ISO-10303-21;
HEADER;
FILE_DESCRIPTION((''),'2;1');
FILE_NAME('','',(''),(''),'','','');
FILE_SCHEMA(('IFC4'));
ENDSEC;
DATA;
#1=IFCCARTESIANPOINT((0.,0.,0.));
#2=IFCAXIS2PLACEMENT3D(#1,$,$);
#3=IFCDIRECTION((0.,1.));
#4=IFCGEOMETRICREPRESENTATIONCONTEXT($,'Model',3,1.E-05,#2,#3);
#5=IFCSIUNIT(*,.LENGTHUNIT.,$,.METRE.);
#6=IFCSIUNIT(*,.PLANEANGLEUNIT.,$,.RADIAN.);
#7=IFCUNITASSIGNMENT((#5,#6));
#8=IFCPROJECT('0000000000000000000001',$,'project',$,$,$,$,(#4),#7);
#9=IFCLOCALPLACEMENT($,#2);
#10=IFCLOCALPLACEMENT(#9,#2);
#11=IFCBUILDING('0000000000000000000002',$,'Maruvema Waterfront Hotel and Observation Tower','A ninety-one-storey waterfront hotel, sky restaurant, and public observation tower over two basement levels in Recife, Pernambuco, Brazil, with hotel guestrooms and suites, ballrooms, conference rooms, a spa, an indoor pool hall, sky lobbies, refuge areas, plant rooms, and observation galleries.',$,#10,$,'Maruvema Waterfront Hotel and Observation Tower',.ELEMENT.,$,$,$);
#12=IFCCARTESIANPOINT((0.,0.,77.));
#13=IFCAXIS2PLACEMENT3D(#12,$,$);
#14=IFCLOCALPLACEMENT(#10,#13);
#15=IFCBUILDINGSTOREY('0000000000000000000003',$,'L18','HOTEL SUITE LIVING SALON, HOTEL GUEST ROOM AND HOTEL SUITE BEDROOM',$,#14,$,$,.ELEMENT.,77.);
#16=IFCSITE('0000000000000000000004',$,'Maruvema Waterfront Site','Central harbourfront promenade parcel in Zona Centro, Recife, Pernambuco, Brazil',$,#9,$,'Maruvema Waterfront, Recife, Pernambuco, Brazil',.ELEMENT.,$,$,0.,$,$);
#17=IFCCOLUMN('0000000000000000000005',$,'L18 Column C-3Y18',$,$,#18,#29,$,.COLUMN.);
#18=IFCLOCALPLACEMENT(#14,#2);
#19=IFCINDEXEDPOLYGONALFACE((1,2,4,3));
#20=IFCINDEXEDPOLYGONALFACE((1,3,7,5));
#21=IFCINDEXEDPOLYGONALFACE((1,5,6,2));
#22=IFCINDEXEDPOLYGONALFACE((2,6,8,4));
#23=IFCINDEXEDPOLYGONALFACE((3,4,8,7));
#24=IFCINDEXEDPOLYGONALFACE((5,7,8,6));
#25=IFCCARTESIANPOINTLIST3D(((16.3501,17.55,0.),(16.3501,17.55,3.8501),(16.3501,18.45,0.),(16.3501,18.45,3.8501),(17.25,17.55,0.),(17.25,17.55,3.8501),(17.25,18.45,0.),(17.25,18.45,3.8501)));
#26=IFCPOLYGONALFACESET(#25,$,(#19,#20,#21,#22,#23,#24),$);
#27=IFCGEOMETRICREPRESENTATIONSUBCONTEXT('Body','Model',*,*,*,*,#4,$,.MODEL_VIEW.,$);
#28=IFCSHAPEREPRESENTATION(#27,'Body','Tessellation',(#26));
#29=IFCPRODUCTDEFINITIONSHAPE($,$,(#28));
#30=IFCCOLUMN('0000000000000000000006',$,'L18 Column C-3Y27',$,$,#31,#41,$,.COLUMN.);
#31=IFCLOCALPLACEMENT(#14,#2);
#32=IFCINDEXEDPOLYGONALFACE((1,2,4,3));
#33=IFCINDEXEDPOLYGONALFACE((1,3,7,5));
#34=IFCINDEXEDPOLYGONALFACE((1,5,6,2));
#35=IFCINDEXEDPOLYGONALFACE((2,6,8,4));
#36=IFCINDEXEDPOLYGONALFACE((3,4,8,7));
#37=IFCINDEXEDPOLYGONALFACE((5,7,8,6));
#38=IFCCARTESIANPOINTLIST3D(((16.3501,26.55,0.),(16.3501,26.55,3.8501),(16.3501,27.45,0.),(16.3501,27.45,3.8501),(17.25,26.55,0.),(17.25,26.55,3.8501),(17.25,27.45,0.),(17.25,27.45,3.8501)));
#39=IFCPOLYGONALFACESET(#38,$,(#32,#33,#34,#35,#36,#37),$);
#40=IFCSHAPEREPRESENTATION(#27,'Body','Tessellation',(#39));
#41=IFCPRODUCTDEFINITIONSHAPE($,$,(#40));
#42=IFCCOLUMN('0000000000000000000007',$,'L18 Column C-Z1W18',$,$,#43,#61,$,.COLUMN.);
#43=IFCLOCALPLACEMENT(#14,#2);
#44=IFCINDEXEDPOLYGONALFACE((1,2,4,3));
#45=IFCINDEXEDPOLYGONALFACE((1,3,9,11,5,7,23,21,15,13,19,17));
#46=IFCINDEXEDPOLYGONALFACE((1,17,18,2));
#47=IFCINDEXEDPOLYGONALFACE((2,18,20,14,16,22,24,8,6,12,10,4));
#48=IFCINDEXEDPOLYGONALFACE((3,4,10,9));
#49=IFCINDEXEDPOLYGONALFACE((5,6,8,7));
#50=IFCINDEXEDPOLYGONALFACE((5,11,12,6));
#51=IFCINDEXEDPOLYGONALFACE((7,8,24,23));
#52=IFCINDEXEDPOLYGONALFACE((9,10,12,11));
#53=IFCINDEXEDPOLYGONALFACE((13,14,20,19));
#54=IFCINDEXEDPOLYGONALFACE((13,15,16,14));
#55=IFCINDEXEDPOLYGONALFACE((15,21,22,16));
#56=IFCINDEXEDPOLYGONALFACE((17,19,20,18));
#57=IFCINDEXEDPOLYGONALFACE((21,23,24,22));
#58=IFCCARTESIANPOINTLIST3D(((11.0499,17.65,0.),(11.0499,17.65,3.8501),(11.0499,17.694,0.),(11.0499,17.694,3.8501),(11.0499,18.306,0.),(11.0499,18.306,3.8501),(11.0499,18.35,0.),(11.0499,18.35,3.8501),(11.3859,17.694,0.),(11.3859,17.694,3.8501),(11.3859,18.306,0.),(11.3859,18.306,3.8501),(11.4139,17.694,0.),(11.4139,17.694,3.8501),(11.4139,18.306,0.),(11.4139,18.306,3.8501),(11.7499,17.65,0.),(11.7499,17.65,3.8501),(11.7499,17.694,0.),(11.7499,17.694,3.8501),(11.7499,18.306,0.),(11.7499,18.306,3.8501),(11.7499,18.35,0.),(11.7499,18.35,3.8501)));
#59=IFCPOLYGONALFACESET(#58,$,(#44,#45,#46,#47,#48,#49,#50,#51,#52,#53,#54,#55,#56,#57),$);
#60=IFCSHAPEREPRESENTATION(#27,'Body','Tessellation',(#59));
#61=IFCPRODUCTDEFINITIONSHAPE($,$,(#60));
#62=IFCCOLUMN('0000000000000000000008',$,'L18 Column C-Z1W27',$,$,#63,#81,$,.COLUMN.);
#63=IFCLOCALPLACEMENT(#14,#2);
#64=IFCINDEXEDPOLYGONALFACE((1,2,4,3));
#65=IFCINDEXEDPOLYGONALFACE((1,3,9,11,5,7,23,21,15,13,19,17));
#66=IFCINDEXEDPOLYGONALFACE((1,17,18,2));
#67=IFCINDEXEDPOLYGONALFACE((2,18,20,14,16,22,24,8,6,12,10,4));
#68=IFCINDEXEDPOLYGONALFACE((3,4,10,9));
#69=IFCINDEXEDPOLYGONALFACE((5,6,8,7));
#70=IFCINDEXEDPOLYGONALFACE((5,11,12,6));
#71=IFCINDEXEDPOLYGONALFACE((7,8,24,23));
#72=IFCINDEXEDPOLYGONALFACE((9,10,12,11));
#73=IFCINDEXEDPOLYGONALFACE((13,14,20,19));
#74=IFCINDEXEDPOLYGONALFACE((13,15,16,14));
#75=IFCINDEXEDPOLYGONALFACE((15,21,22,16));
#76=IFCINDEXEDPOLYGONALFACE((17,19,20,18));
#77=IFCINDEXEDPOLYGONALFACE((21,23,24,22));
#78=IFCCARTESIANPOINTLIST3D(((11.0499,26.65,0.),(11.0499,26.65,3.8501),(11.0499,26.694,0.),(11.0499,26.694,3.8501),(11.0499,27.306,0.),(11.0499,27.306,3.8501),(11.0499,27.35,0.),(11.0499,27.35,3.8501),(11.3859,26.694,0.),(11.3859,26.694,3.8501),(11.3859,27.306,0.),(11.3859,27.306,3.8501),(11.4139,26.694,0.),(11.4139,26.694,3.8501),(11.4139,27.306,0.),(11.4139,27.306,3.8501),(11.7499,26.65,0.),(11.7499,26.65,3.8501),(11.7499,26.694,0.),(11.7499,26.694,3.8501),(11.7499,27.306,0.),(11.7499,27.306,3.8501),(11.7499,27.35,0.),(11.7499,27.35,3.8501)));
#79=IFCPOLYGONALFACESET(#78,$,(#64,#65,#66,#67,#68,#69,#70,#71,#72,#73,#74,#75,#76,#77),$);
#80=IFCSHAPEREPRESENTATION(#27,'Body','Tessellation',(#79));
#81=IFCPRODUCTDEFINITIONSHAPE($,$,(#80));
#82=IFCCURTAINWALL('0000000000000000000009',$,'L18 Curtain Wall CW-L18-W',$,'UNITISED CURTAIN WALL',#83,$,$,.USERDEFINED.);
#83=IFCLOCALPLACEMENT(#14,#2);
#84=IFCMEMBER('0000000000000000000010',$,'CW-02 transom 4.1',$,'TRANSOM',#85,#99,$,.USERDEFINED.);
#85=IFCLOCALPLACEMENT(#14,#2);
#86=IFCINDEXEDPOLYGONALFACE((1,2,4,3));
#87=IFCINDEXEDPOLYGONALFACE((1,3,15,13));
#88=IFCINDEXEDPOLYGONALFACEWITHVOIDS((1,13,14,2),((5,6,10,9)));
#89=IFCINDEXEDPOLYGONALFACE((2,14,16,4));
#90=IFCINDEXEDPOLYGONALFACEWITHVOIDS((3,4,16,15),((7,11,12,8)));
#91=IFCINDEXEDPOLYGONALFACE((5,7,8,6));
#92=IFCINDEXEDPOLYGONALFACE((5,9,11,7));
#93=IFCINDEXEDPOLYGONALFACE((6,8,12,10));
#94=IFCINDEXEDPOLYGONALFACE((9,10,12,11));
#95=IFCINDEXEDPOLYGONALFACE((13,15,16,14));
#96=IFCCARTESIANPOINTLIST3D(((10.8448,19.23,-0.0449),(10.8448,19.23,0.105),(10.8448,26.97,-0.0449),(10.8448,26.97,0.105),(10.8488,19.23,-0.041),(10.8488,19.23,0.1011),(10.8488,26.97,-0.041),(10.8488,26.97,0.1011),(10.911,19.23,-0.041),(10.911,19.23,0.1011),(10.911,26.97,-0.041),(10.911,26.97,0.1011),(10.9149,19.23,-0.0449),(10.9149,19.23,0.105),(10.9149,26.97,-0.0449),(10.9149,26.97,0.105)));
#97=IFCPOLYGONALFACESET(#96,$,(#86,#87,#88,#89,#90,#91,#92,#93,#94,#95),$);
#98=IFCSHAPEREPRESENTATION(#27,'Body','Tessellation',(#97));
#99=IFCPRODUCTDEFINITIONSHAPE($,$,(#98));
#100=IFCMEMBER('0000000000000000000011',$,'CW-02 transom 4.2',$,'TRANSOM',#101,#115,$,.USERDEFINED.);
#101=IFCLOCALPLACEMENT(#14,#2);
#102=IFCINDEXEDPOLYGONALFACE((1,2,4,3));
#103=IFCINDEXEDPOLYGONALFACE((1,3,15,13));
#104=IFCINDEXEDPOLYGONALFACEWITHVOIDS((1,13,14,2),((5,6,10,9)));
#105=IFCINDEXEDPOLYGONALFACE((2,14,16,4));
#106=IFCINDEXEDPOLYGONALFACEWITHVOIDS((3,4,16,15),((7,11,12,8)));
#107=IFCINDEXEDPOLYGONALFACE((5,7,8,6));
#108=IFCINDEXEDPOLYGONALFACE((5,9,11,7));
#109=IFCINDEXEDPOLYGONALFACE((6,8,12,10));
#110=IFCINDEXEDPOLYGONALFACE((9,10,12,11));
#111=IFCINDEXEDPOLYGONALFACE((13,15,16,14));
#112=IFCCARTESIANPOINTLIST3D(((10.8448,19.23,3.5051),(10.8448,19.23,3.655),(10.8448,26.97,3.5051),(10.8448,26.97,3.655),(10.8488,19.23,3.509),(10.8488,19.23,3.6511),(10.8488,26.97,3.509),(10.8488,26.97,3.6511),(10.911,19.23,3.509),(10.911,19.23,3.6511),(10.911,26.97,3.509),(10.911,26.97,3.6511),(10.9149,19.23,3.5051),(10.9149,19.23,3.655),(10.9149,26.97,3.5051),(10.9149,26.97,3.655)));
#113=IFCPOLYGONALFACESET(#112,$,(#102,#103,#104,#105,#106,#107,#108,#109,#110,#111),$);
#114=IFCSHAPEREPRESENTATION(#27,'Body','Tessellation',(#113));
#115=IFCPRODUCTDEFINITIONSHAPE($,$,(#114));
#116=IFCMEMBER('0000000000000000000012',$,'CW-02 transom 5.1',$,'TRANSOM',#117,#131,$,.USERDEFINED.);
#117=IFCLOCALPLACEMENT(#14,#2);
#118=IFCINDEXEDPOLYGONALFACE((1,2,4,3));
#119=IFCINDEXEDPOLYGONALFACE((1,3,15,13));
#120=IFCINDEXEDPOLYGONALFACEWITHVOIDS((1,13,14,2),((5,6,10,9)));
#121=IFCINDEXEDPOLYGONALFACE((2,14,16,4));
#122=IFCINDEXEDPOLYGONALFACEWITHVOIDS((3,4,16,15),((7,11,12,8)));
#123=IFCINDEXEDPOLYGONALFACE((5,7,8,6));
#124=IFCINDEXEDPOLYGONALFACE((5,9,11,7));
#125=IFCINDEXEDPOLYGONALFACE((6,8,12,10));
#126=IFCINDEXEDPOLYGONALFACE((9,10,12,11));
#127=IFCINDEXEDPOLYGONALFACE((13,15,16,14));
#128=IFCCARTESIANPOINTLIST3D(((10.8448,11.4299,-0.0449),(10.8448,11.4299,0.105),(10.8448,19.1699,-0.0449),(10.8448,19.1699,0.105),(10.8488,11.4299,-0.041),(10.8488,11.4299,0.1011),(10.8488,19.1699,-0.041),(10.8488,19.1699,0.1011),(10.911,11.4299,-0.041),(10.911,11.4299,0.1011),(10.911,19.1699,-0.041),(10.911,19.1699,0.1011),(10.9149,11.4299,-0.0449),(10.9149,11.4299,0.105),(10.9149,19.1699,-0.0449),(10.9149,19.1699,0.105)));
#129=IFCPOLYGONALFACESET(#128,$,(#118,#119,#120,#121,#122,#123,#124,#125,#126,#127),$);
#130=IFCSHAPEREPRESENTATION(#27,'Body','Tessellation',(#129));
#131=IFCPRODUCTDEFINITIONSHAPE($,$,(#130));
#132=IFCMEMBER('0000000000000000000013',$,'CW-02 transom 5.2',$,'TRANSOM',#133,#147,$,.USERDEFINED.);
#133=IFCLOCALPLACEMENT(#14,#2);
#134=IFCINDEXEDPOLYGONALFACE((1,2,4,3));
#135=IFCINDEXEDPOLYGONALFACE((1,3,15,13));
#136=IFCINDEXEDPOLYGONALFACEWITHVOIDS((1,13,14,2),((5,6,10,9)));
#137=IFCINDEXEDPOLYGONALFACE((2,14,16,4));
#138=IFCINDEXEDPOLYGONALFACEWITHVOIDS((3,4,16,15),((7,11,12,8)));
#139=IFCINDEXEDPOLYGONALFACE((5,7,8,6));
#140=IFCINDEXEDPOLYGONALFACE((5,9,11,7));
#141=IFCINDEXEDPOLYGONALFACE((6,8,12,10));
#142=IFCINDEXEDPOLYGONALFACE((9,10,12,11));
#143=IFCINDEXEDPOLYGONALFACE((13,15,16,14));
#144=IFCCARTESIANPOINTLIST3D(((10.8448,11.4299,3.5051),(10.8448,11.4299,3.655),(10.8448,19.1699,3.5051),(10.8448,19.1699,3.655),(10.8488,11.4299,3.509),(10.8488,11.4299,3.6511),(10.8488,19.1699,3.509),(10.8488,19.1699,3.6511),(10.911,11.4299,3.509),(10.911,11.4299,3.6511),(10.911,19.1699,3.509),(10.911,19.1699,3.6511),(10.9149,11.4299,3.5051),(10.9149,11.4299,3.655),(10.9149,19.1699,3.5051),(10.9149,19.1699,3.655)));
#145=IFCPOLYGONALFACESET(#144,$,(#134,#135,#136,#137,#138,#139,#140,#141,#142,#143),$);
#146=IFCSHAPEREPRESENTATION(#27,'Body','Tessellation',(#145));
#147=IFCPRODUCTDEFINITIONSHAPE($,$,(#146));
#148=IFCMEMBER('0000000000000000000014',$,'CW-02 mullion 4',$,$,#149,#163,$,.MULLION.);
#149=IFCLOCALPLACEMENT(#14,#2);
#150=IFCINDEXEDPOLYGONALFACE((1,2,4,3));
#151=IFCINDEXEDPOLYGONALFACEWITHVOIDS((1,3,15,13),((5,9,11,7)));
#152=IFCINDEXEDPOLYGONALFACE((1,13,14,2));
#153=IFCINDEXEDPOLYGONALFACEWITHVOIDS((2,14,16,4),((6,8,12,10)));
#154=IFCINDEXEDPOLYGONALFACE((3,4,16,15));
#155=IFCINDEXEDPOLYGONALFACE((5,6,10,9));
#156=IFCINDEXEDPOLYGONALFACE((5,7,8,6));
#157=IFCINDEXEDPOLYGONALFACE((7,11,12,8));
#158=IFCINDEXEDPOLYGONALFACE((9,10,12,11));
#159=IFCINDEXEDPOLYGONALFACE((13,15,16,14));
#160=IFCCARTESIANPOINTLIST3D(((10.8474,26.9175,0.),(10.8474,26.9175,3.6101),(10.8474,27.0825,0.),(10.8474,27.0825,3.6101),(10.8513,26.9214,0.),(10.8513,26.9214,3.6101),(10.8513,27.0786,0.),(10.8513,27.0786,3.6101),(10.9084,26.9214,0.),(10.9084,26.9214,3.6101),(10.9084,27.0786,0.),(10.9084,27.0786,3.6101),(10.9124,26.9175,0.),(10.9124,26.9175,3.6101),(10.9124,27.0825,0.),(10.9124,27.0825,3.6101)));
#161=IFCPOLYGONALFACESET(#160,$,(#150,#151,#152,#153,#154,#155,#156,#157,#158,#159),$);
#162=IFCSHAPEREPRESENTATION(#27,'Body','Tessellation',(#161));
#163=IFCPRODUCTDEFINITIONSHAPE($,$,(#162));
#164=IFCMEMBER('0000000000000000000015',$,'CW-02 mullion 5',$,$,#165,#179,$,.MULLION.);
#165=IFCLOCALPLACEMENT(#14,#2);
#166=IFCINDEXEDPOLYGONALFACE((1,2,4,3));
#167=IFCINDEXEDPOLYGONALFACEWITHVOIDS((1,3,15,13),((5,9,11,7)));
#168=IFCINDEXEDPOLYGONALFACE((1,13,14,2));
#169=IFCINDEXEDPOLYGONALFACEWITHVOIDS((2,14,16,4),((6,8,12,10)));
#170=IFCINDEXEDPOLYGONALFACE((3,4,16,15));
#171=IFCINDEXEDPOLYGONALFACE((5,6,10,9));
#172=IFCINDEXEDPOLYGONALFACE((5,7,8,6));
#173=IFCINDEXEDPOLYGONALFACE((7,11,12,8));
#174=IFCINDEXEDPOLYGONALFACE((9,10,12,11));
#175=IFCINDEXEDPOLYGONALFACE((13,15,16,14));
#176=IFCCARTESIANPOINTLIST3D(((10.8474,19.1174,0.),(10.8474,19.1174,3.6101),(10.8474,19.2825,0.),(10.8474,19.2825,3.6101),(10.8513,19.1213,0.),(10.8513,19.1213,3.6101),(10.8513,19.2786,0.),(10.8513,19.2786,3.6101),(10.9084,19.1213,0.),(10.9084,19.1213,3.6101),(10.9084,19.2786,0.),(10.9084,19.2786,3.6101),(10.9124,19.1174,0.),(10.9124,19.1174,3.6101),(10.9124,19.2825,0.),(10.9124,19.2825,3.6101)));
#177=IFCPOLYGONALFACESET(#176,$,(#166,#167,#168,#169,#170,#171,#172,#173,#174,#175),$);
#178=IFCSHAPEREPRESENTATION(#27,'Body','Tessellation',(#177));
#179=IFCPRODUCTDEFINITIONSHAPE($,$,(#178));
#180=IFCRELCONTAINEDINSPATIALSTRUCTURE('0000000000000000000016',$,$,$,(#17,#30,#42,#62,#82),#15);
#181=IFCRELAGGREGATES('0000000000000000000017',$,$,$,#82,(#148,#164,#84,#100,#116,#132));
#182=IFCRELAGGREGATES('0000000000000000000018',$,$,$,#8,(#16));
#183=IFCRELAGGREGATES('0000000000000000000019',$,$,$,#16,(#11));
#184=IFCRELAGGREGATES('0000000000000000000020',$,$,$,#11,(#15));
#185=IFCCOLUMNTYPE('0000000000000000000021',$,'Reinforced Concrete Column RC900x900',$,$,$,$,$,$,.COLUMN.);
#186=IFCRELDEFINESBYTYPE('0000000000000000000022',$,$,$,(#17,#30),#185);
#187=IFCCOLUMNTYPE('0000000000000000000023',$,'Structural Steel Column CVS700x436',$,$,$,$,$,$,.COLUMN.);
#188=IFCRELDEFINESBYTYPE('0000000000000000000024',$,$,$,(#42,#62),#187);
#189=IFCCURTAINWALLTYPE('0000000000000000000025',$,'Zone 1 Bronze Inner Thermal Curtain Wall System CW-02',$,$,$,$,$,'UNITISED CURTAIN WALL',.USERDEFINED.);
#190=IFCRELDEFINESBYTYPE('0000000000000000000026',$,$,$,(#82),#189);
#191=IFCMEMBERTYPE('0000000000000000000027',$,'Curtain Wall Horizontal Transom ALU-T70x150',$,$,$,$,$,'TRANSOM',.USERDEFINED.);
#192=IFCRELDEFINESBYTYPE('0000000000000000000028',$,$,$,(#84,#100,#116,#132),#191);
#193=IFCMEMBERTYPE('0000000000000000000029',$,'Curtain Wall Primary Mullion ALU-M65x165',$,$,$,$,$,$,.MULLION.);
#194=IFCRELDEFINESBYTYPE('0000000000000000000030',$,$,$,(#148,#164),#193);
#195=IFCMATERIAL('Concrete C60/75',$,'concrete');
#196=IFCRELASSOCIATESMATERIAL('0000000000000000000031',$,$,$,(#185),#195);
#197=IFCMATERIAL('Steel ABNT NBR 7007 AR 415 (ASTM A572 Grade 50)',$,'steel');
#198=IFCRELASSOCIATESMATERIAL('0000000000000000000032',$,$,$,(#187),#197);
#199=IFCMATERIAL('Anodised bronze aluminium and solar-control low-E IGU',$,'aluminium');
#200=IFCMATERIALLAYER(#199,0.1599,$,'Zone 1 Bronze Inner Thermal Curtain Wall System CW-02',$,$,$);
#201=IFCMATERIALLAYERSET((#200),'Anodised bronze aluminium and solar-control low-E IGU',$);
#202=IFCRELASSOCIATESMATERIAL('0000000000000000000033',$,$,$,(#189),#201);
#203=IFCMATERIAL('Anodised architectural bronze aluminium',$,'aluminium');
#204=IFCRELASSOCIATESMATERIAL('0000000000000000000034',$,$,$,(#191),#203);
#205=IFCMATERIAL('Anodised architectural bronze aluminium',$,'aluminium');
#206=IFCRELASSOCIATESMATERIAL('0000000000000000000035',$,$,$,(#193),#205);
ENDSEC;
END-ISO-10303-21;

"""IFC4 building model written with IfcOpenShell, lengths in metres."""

from ifc_helpers import new_model, si_unit, direction, frame, origin, origin_2d, place, context, subcontext, project, spatial, rectangle, hollow_rectangle, i_section, extrude, material, layer, layer_set, material_profile, profile_set, type_object, element, aggregate, save


model = new_model("IFC4")

# Units and contexts
model_context = context("Model", 3, precision=1e-05, world=origin(), true_north=direction((0.0, 1.0)))
body_context = subcontext(model_context, "Body", "Model", "MODEL_VIEW")
ifc_project = project(units=[si_unit("LENGTHUNIT", "METRE"), si_unit("PLANEANGLEUNIT", "RADIAN")], contexts=[model_context])

# Site, building, storey
site_placement = place(None, origin())
site = spatial("IfcSite", under=ifc_project, at=site_placement, Name="Maruvema Waterfront Site", Description="Central harbourfront promenade parcel in Zona Centro, Recife, Pernambuco, Brazil", LongName="Maruvema Waterfront, Recife, Pernambuco, Brazil", CompositionType="ELEMENT", RefElevation=0.0)
building_placement = place(site_placement, origin())
building = spatial("IfcBuilding", under=site, at=building_placement, Name="Maruvema Waterfront Hotel and Observation Tower", Description="A ninety-one-storey waterfront hotel, sky restaurant, and public observation tower over two basement levels in Recife, Pernambuco, Brazil, with hotel guestrooms and suites, ballrooms, conference rooms, a spa, an indoor pool hall, sky lobbies, refuge areas, plant rooms, and observation galleries.", LongName="Maruvema Waterfront Hotel and Observation Tower", CompositionType="ELEMENT")
storey_placement = place(building_placement, frame((0.0, 0.0, 77.0)))
storey = spatial("IfcBuildingStorey", under=building, at=storey_placement, Name="L18", Description="HOTEL SUITE LIVING SALON, HOTEL GUEST ROOM AND HOTEL SUITE BEDROOM", CompositionType="ELEMENT", Elevation=77.0)

# Columns
ifc_material_1 = material(Name="Concrete C60/75", Category="concrete")
ifc_material_profile_1 = material_profile(ifc_material_1, rectangle(XDim=0.8999, YDim=0.8999, at=origin_2d()), Name="RC900x900")
ifc_profile_set_1 = profile_set([ifc_material_profile_1], Name="Concrete C60/75")
column_type_1 = type_object("IfcColumnType", Name="Reinforced Concrete Column RC900x900", PredefinedType="COLUMN", material=ifc_profile_set_1)
for number, where, z_axis, x_axis, name in (
    (1, (16.8, 18.0, 0.0), (0.0, 0.0, 1.0), (1.0, 0.0, 0.0), "L18 Column C-3Y18"),
    (2, (16.8, 27.0, 0.0), (0.0, 0.0, 1.0), (1.0, 0.0, 0.0), "L18 Column C-3Y27"),
):
    element("IfcColumn", number, at=place(storey_placement, frame(where, z_axis=z_axis, x_axis=x_axis)), inside=storey, type_object=column_type_1, Name=name, PredefinedType="COLUMN", context=body_context, shape_type="SweptSolid", body=[
        extrude(rectangle(XDim=0.8999, YDim=0.8999, at=origin_2d()), origin(), (0.0, 0.0, 1.0), 3.8501),
    ])
ifc_material_2 = material(Name="Steel ABNT NBR 7007 AR 415 (ASTM A572 Grade 50)", Category="steel")
ifc_material_profile_2 = material_profile(ifc_material_2, i_section(OverallWidth=0.7, OverallDepth=0.7, WebThickness=0.0281, FlangeThickness=0.0439, at=origin_2d()), Name="CVS700x436")
ifc_profile_set_2 = profile_set([ifc_material_profile_2], Name="Steel ABNT NBR 7007 AR 415 (ASTM A572 Grade 50)")
column_type_2 = type_object("IfcColumnType", Name="Structural Steel Column CVS700x436", PredefinedType="COLUMN", material=ifc_profile_set_2)
for number, where, z_axis, x_axis, name in (
    (3, (11.3999, 18.0, 0.0), (0.0, 0.0, 1.0), (1.0, 0.0, 0.0), "L18 Column C-Z1W18"),
    (4, (11.3999, 27.0, 0.0), (0.0, 0.0, 1.0), (1.0, 0.0, 0.0), "L18 Column C-Z1W27"),
):
    element("IfcColumn", number, at=place(storey_placement, frame(where, z_axis=z_axis, x_axis=x_axis)), inside=storey, type_object=column_type_2, Name=name, PredefinedType="COLUMN", context=body_context, shape_type="SweptSolid", body=[
        extrude(i_section(OverallWidth=0.7, OverallDepth=0.7, WebThickness=0.0281, FlangeThickness=0.0439, at=origin_2d()), origin(), (0.0, 0.0, 1.0), 3.8501),
    ])

# Curtain wall, members
ifc_material_3 = material(Name="Anodised bronze aluminium and solar-control low-E IGU", Category="aluminium")
ifc_layer_1 = layer(ifc_material_3, 0.1599, Name="Zone 1 Bronze Inner Thermal Curtain Wall System CW-02")
ifc_layer_set_1 = layer_set([ifc_layer_1], Name="Anodised bronze aluminium and solar-control low-E IGU")
curtain_wall_type = type_object("IfcCurtainWallType", Name="Zone 1 Bronze Inner Thermal Curtain Wall System CW-02", ElementType="UNITISED CURTAIN WALL", PredefinedType="USERDEFINED", material=ifc_layer_set_1)
curtain_wall_placement = place(storey_placement, origin())
curtain_wall = element("IfcCurtainWall", 5, at=curtain_wall_placement, inside=storey, type_object=curtain_wall_type, Name="L18 Curtain Wall CW-L18-W", ObjectType="UNITISED CURTAIN WALL", PredefinedType="USERDEFINED")
ifc_material_4 = material(Name="Anodised architectural bronze aluminium", Category="aluminium")
ifc_material_profile_3 = material_profile(ifc_material_4, hollow_rectangle(XDim=0.0701, YDim=0.1499, WallThickness=0.0039, at=origin_2d()), Name="ALU-T70x150")
ifc_profile_set_3 = profile_set([ifc_material_profile_3], Name="Anodised architectural bronze aluminium")
member_type_1 = type_object("IfcMemberType", Name="Curtain Wall Horizontal Transom ALU-T70x150", ElementType="TRANSOM", PredefinedType="USERDEFINED", material=ifc_profile_set_3)
member_1_placement = place(storey_placement, frame((10.8799, 26.97, 0.03), z_axis=(0.0, -1.0, 0.0), x_axis=(1.0, 0.0, 0.0)))
member_1 = element("IfcMember", 6, at=member_1_placement, type_object=member_type_1, Name="CW-02 transom 4.1", ObjectType="TRANSOM", PredefinedType="USERDEFINED", context=body_context, shape_type="SweptSolid", body=[
    extrude(hollow_rectangle(XDim=0.0701, YDim=0.1499, WallThickness=0.0039, at=origin_2d()), origin(), (0.0, 0.0, 1.0), 7.74),
])
member_2_placement = place(storey_placement, frame((10.8799, 26.97, 3.5801), z_axis=(0.0, -1.0, 0.0), x_axis=(1.0, 0.0, 0.0)))
member_2 = element("IfcMember", 7, at=member_2_placement, type_object=member_type_1, Name="CW-02 transom 4.2", ObjectType="TRANSOM", PredefinedType="USERDEFINED", context=body_context, shape_type="SweptSolid", body=[
    extrude(hollow_rectangle(XDim=0.0701, YDim=0.1499, WallThickness=0.0039, at=origin_2d()), origin(), (0.0, 0.0, 1.0), 7.74),
])
member_3_placement = place(storey_placement, frame((10.8799, 19.1699, 0.03), z_axis=(0.0, -1.0, 0.0), x_axis=(1.0, 0.0, 0.0)))
member_3 = element("IfcMember", 8, at=member_3_placement, type_object=member_type_1, Name="CW-02 transom 5.1", ObjectType="TRANSOM", PredefinedType="USERDEFINED", context=body_context, shape_type="SweptSolid", body=[
    extrude(hollow_rectangle(XDim=0.0701, YDim=0.1499, WallThickness=0.0039, at=origin_2d()), origin(), (0.0, 0.0, 1.0), 7.74),
])
member_4_placement = place(storey_placement, frame((10.8799, 19.1699, 3.5801), z_axis=(0.0, -1.0, 0.0), x_axis=(1.0, 0.0, 0.0)))
member_4 = element("IfcMember", 9, at=member_4_placement, type_object=member_type_1, Name="CW-02 transom 5.2", ObjectType="TRANSOM", PredefinedType="USERDEFINED", context=body_context, shape_type="SweptSolid", body=[
    extrude(hollow_rectangle(XDim=0.0701, YDim=0.1499, WallThickness=0.0039, at=origin_2d()), origin(), (0.0, 0.0, 1.0), 7.74),
])
ifc_material_5 = material(Name="Anodised architectural bronze aluminium", Category="aluminium")
ifc_material_profile_4 = material_profile(ifc_material_5, hollow_rectangle(XDim=0.0649, YDim=0.165, WallThickness=0.0039, at=origin_2d()), Name="ALU-M65x165")
ifc_profile_set_4 = profile_set([ifc_material_profile_4], Name="Anodised architectural bronze aluminium")
member_type_2 = type_object("IfcMemberType", Name="Curtain Wall Primary Mullion ALU-M65x165", PredefinedType="MULLION", material=ifc_profile_set_4)
member_5_placement = place(storey_placement, frame((10.8799, 27.0, 0.0), z_axis=(0.0, 0.0, 1.0), x_axis=(1.0, 0.0, 0.0)))
member_5 = element("IfcMember", 10, at=member_5_placement, type_object=member_type_2, Name="CW-02 mullion 4", PredefinedType="MULLION", context=body_context, shape_type="SweptSolid", body=[
    extrude(hollow_rectangle(XDim=0.0649, YDim=0.165, WallThickness=0.0039, at=origin_2d()), origin(), (0.0, 0.0, 1.0), 3.6101),
])
member_6_placement = place(storey_placement, frame((10.8799, 19.2, 0.0), z_axis=(0.0, 0.0, 1.0), x_axis=(1.0, 0.0, 0.0)))
member_6 = element("IfcMember", 11, at=member_6_placement, type_object=member_type_2, Name="CW-02 mullion 5", PredefinedType="MULLION", context=body_context, shape_type="SweptSolid", body=[
    extrude(hollow_rectangle(XDim=0.0649, YDim=0.165, WallThickness=0.0039, at=origin_2d()), origin(), (0.0, 0.0, 1.0), 3.6101),
])

aggregate(curtain_wall, [member_5, member_6, member_1, member_2, member_3, member_4])

save(model, "model.ifc")
